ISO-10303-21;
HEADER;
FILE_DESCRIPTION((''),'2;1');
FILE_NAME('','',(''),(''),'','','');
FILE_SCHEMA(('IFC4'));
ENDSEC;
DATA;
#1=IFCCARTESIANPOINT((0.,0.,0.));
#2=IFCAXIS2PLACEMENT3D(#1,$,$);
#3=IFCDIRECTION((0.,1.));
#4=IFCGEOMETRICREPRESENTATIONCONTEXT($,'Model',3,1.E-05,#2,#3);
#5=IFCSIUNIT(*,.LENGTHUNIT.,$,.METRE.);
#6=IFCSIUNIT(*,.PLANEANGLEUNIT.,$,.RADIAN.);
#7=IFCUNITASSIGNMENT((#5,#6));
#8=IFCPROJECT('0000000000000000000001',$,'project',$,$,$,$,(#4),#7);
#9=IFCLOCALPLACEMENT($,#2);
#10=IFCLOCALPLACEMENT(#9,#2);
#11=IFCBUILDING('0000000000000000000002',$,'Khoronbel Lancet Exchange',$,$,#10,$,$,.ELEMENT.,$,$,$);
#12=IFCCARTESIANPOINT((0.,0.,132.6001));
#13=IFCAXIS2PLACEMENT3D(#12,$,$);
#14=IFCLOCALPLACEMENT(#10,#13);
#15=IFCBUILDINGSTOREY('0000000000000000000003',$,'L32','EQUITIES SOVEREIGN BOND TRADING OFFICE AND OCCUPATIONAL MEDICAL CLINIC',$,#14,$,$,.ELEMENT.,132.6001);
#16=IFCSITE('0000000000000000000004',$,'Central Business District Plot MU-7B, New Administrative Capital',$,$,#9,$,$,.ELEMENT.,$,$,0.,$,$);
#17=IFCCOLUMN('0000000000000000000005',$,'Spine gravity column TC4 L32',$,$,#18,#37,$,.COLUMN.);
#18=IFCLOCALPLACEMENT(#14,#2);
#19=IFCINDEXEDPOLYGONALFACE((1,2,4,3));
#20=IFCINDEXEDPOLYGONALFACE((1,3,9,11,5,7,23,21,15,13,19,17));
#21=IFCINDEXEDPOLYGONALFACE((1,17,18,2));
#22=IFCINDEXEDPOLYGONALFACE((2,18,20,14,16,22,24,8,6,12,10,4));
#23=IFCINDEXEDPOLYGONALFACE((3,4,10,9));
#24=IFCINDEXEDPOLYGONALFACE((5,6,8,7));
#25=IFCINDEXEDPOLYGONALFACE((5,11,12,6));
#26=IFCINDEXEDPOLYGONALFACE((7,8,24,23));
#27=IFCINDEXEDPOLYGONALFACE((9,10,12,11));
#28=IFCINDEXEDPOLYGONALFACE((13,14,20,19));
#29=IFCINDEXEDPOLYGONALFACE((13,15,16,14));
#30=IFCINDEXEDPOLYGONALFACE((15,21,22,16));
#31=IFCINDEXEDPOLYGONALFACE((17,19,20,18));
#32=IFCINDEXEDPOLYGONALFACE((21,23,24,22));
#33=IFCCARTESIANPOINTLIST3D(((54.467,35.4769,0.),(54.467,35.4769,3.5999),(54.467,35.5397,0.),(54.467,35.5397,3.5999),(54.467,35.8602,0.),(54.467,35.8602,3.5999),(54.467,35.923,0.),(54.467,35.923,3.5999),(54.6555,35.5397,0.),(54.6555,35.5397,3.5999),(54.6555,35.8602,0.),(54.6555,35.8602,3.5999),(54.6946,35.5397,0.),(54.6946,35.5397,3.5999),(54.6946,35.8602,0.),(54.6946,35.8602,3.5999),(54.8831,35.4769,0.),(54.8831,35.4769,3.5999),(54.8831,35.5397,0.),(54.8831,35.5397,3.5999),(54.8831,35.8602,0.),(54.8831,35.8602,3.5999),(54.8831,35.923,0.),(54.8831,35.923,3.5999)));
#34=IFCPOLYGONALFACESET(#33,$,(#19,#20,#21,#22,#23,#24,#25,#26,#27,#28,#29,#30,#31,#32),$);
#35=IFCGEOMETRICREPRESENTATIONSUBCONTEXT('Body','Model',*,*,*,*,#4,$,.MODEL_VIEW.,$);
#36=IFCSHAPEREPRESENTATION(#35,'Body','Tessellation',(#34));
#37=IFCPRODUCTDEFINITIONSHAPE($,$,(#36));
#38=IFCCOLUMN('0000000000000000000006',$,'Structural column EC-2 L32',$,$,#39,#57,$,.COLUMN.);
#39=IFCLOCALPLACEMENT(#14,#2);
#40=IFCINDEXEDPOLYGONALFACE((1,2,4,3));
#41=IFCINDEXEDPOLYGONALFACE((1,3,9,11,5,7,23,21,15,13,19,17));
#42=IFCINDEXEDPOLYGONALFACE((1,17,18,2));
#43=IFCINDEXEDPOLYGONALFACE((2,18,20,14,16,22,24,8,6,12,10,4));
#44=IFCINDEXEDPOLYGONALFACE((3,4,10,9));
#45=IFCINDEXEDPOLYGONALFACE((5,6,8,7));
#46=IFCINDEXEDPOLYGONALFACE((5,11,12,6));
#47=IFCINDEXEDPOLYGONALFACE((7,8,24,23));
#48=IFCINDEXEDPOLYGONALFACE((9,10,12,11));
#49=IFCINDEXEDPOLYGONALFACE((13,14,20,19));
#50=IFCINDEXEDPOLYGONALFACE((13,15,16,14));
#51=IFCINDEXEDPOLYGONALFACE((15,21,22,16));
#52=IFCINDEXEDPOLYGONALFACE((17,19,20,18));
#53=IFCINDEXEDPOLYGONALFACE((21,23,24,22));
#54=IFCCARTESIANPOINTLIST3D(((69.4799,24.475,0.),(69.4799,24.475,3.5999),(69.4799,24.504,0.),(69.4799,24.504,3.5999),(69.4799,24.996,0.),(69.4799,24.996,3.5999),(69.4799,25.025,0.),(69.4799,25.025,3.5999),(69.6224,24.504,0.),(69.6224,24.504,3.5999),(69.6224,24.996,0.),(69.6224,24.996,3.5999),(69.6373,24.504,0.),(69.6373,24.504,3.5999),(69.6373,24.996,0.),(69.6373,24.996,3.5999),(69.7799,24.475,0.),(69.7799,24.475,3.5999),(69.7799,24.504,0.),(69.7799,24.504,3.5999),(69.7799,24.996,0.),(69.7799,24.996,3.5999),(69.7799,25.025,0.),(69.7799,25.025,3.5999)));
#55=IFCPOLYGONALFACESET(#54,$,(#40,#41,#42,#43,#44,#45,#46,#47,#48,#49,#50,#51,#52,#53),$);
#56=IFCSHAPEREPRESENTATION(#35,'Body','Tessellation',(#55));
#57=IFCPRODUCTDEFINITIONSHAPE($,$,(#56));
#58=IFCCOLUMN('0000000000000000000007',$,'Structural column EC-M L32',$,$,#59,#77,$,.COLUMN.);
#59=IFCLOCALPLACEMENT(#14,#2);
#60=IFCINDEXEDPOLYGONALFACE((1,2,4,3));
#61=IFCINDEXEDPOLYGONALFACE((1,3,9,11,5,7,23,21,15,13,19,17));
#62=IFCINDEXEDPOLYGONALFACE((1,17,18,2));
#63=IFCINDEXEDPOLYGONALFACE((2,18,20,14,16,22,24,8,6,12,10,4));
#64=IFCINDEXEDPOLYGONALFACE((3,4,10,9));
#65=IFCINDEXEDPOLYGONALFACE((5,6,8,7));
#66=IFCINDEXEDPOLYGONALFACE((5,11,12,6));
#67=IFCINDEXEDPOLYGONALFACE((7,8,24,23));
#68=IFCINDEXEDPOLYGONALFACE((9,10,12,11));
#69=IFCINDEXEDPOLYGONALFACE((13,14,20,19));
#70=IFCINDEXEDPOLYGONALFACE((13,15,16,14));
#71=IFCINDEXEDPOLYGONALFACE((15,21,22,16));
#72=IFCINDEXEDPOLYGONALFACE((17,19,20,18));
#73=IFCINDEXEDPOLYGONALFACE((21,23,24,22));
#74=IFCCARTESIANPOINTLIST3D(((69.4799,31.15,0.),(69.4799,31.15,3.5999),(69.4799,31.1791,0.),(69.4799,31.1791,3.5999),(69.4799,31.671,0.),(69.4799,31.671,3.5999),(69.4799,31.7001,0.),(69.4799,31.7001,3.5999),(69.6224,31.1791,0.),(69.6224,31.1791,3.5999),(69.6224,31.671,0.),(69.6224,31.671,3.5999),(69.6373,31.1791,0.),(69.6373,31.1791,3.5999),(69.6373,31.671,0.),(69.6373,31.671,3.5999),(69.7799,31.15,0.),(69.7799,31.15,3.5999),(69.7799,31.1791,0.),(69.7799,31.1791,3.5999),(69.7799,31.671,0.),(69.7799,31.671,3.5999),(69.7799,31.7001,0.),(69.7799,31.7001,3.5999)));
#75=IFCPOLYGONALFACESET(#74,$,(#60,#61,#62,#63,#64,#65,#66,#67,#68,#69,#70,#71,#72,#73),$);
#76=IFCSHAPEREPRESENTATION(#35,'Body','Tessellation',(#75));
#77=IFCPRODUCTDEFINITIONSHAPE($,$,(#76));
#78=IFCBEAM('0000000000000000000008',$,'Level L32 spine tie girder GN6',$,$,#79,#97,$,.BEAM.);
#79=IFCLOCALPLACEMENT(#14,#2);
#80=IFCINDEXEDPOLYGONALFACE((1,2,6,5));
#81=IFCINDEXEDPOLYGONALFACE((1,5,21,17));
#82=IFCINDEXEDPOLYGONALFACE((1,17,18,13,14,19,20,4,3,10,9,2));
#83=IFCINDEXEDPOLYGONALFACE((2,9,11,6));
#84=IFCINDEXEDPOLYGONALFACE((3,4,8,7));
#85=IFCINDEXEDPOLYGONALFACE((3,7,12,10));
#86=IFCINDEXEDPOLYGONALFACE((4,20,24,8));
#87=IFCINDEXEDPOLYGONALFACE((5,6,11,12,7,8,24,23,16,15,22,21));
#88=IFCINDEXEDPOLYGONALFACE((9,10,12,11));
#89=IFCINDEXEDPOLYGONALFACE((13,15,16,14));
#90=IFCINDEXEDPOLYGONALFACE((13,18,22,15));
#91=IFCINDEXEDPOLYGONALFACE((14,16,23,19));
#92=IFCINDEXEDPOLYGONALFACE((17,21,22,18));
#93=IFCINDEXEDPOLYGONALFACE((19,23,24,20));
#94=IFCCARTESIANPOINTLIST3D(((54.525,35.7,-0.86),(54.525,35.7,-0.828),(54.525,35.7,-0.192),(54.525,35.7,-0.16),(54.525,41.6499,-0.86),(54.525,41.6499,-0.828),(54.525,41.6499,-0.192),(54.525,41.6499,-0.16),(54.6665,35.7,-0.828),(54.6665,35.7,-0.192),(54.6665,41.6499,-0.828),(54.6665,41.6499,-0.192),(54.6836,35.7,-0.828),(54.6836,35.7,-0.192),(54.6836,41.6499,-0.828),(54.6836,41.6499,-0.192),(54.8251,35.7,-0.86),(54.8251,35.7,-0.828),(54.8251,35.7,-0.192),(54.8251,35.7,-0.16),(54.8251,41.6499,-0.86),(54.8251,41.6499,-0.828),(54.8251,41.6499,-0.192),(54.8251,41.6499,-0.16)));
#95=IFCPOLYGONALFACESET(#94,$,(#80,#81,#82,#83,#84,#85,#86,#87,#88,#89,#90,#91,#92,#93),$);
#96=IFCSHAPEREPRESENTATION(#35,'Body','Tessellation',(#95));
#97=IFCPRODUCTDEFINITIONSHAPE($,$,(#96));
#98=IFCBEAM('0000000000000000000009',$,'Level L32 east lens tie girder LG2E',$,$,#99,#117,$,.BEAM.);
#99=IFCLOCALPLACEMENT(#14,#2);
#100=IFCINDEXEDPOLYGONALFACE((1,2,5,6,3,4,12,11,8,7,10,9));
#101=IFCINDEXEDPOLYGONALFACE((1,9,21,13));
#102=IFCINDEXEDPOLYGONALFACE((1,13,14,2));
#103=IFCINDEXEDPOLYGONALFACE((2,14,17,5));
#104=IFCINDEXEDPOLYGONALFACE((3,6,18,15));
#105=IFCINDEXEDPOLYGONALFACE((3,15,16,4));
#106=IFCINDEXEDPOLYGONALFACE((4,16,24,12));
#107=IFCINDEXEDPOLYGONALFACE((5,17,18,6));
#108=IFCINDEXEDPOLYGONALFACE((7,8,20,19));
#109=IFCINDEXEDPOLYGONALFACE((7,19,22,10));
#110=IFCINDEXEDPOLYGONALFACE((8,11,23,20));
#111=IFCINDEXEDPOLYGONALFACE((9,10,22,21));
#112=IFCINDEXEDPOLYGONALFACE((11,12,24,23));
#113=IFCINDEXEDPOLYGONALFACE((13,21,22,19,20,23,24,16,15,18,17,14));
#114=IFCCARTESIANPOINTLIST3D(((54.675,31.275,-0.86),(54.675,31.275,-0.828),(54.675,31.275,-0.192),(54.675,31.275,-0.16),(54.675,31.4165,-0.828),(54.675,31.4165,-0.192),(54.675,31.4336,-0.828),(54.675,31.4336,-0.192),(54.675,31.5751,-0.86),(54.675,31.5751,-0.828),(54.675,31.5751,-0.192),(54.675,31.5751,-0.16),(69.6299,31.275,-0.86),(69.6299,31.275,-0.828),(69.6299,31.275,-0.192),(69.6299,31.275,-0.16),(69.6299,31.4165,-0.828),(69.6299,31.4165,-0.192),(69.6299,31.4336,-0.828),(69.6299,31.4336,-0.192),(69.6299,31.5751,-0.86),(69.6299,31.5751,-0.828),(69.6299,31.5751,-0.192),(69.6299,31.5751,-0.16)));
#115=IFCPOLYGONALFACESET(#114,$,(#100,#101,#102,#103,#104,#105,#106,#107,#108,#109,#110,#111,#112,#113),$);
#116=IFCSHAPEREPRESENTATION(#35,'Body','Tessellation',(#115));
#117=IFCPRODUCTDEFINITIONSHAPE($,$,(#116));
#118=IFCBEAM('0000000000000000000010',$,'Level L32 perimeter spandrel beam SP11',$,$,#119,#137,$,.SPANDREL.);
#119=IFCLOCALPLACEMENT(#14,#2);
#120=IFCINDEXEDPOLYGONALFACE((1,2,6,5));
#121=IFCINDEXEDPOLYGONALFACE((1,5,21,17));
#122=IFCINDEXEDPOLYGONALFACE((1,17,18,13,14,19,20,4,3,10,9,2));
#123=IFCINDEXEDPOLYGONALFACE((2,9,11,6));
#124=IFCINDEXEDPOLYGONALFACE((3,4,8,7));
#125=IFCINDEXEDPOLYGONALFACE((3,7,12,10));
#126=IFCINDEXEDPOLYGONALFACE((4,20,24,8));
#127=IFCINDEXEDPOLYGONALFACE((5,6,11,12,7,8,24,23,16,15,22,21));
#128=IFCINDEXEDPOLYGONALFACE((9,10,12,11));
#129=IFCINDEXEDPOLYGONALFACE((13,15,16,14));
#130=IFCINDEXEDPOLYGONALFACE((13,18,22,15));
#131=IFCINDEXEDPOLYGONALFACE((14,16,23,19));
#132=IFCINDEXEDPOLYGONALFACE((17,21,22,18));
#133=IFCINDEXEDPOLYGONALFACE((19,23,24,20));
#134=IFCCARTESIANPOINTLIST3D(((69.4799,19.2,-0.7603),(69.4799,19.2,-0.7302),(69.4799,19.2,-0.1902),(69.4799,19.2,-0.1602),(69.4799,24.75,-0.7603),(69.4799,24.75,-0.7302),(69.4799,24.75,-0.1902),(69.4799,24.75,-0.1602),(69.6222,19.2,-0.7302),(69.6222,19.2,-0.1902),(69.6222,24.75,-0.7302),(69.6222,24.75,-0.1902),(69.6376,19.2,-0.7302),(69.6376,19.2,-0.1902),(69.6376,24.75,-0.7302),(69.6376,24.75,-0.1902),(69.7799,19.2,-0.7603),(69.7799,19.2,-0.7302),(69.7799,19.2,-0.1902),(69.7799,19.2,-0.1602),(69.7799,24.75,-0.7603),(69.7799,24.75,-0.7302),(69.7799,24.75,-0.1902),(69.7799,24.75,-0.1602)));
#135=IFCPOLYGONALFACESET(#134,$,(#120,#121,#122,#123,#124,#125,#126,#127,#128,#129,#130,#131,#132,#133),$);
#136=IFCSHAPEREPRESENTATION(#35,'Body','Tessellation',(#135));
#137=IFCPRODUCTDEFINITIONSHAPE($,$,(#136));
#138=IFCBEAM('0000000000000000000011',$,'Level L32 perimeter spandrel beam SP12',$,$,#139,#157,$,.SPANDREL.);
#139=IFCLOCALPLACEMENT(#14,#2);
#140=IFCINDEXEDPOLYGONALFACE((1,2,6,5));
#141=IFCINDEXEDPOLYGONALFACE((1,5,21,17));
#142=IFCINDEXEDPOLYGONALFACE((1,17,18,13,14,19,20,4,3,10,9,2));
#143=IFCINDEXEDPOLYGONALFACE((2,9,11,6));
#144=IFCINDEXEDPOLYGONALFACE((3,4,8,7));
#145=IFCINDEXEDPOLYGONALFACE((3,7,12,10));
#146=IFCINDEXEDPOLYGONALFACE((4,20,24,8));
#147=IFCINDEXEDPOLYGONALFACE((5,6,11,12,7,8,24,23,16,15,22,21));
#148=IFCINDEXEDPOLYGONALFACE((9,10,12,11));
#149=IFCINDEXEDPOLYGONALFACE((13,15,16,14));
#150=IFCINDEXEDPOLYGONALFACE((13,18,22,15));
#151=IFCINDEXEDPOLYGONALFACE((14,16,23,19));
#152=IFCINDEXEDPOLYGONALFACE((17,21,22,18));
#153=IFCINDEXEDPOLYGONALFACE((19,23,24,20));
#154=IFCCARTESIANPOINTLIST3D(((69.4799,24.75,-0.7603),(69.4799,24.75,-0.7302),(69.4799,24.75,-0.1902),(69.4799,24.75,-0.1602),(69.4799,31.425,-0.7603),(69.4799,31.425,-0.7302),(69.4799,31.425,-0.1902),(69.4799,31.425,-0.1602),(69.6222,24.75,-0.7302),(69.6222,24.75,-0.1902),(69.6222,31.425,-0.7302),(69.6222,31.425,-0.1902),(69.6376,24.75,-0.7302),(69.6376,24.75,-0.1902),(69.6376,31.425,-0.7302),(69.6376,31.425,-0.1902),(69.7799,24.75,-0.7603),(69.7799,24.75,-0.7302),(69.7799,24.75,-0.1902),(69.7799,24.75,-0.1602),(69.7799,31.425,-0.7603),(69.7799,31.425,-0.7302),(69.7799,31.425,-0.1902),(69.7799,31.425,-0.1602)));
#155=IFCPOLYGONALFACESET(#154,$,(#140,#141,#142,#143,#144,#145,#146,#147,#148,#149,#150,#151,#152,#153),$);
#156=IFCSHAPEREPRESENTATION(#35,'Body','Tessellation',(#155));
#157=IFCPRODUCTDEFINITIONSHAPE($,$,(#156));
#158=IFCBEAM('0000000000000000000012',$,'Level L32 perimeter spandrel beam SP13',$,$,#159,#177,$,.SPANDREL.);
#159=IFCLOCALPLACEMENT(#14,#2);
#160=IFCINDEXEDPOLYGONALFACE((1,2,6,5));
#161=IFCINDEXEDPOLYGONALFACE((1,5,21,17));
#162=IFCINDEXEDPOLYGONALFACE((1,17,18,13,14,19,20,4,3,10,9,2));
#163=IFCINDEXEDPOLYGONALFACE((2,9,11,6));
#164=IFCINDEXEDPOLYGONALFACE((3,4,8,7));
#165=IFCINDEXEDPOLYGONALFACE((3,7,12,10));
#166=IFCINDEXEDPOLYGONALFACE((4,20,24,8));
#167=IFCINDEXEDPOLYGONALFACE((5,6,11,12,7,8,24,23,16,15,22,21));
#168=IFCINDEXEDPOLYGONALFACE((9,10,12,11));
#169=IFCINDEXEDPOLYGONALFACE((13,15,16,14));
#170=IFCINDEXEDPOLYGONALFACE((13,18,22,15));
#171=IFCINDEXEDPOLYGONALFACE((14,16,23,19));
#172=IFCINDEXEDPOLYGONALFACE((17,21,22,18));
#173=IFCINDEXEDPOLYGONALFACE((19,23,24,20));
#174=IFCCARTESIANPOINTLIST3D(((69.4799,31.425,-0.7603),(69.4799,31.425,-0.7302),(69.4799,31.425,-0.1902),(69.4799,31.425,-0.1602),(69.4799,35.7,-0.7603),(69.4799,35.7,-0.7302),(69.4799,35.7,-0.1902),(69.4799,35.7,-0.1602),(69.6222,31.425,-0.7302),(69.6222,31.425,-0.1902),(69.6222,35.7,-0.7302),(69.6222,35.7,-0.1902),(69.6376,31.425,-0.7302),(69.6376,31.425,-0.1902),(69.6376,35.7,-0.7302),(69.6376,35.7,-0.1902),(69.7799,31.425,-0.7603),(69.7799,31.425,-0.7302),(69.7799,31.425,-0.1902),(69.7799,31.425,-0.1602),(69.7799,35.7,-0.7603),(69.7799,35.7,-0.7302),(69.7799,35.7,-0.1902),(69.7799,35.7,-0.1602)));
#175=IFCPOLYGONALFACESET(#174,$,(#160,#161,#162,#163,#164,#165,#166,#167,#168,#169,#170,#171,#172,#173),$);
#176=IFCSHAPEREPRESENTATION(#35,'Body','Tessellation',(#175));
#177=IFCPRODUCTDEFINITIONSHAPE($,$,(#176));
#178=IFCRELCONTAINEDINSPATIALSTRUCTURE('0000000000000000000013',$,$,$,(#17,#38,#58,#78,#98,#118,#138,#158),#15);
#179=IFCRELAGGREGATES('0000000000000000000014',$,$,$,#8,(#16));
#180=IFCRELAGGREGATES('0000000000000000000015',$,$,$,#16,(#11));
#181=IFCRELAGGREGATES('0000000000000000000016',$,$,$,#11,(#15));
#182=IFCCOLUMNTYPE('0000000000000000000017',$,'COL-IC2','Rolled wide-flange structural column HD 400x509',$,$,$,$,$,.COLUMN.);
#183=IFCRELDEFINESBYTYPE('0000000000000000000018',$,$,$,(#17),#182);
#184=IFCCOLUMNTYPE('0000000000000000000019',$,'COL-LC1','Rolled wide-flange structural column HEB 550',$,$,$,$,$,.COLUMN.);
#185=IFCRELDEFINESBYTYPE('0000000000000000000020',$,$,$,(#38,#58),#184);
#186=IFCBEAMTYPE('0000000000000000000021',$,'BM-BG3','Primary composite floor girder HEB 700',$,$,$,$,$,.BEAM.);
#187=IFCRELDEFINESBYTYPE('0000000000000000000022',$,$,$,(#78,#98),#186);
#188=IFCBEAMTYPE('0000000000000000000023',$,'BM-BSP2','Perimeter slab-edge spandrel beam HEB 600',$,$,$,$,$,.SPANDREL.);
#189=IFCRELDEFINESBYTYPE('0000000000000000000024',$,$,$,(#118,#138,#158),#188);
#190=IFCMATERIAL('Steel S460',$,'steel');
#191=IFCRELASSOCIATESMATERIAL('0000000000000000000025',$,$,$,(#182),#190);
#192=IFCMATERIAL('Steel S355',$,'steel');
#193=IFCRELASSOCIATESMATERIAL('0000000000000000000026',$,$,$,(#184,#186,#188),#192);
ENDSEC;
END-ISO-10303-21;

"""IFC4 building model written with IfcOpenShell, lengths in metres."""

from ifc_helpers import new_model, si_unit, direction, frame, origin, origin_2d, place, context, subcontext, project, spatial, i_section, extrude, material, material_profile, profile_set, type_object, element, save


model = new_model("IFC4")

# Units and contexts
model_context = context("Model", 3, precision=1e-05, world=origin(), true_north=direction((0.0, 1.0)))
body_context = subcontext(model_context, "Body", "Model", "MODEL_VIEW")
ifc_project = project(units=[si_unit("LENGTHUNIT", "METRE"), si_unit("PLANEANGLEUNIT", "RADIAN")], contexts=[model_context])

# Site, building, storey
site_placement = place(None, origin())
site = spatial("IfcSite", under=ifc_project, at=site_placement, Name="Central Business District Plot MU-7B, New Administrative Capital", CompositionType="ELEMENT", RefElevation=0.0)
building_placement = place(site_placement, origin())
building = spatial("IfcBuilding", under=site, at=building_placement, Name="Khoronbel Lancet Exchange", CompositionType="ELEMENT")
storey_placement = place(building_placement, frame((0.0, 0.0, 132.6001)))
storey = spatial("IfcBuildingStorey", under=building, at=storey_placement, Name="L32", Description="EQUITIES SOVEREIGN BOND TRADING OFFICE AND OCCUPATIONAL MEDICAL CLINIC", CompositionType="ELEMENT", Elevation=132.6001)

# Columns
ifc_material_1 = material(Name="Steel S460", Category="steel")
ifc_material_profile_1 = material_profile(ifc_material_1, i_section(OverallWidth=0.416, OverallDepth=0.446, WebThickness=0.0391, FlangeThickness=0.0627, at=origin_2d()), Name="HD 400x509")
ifc_profile_set_1 = profile_set([ifc_material_profile_1], Name="Steel S460")
column_type_1 = type_object("IfcColumnType", Name="COL-IC2", Description="Rolled wide-flange structural column HD 400x509", PredefinedType="COLUMN", material=ifc_profile_set_1)
column_placement = place(storey_placement, frame((54.675, 35.7, 0.0), z_axis=(0.0, 0.0, 1.0), x_axis=(1.0, 0.0, 0.0)))
element("IfcColumn", 1, at=column_placement, inside=storey, type_object=column_type_1, Name="Spine gravity column TC4 L32", PredefinedType="COLUMN", context=body_context, shape_type="SweptSolid", body=[
    extrude(i_section(OverallWidth=0.416, OverallDepth=0.446, WebThickness=0.0391, FlangeThickness=0.0627, at=origin_2d()), origin(), (0.0, 0.0, 1.0), 3.5999),
])
ifc_material_2 = material(Name="Steel S355", Category="steel")
ifc_material_profile_2 = material_profile(ifc_material_2, i_section(OverallWidth=0.3, OverallDepth=0.55, WebThickness=0.0149, FlangeThickness=0.0291, at=origin_2d()), Name="HEB 550")
ifc_profile_set_2 = profile_set([ifc_material_profile_2], Name="Steel S355")
column_type_2 = type_object("IfcColumnType", Name="COL-LC1", Description="Rolled wide-flange structural column HEB 550", PredefinedType="COLUMN", material=ifc_profile_set_2)
for number, where, z_axis, x_axis, name in (
    (2, (69.6299, 24.75, 0.0), (0.0, 0.0, 1.0), (1.0, 0.0, 0.0), "Structural column EC-2 L32"),
    (3, (69.6299, 31.425, 0.0), (0.0, 0.0, 1.0), (1.0, 0.0, 0.0), "Structural column EC-M L32"),
):
    element("IfcColumn", number, at=place(storey_placement, frame(where, z_axis=z_axis, x_axis=x_axis)), inside=storey, type_object=column_type_2, Name=name, PredefinedType="COLUMN", context=body_context, shape_type="SweptSolid", body=[
        extrude(i_section(OverallWidth=0.3, OverallDepth=0.55, WebThickness=0.0149, FlangeThickness=0.0291, at=origin_2d()), origin(), (0.0, 0.0, 1.0), 3.5999),
    ])

# Beams
ifc_material_profile_3 = material_profile(ifc_material_2, i_section(OverallWidth=0.3, OverallDepth=0.7, WebThickness=0.0171, FlangeThickness=0.032, at=origin_2d()), Name="HEB 700")
ifc_profile_set_3 = profile_set([ifc_material_profile_3], Name="Steel S355")
beam_type_1 = type_object("IfcBeamType", Name="BM-BG3", Description="Primary composite floor girder HEB 700", PredefinedType="BEAM", material=ifc_profile_set_3)
beam_1_placement = place(storey_placement, frame((54.675, 35.7, -0.51), z_axis=(0.0, 1.0, 0.0), x_axis=(-1.0, 0.0, 0.0)))
element("IfcBeam", 4, at=beam_1_placement, inside=storey, type_object=beam_type_1, Name="Level L32 spine tie girder GN6", PredefinedType="BEAM", context=body_context, shape_type="SweptSolid", body=[
    extrude(i_section(OverallWidth=0.3, OverallDepth=0.7, WebThickness=0.0171, FlangeThickness=0.032, at=origin_2d()), origin(), (0.0, 0.0, 1.0), 5.95),
])
beam_2_placement = place(storey_placement, frame((54.675, 31.425, -0.51), z_axis=(1.0, 0.0, 0.0), x_axis=(0.0, 1.0, 0.0)))
element("IfcBeam", 5, at=beam_2_placement, inside=storey, type_object=beam_type_1, Name="Level L32 east lens tie girder LG2E", PredefinedType="BEAM", context=body_context, shape_type="SweptSolid", body=[
    extrude(i_section(OverallWidth=0.3, OverallDepth=0.7, WebThickness=0.0171, FlangeThickness=0.032, at=origin_2d()), origin(), (0.0, 0.0, 1.0), 14.9548),
])
ifc_material_profile_4 = material_profile(ifc_material_2, i_section(OverallWidth=0.3, OverallDepth=0.6001, WebThickness=0.0154, FlangeThickness=0.03, at=origin_2d()), Name="HEB 600")
ifc_profile_set_4 = profile_set([ifc_material_profile_4], Name="Steel S355")
beam_type_2 = type_object("IfcBeamType", Name="BM-BSP2", Description="Perimeter slab-edge spandrel beam HEB 600", PredefinedType="SPANDREL", material=ifc_profile_set_4)
beam_3_placement = place(storey_placement, frame((69.6299, 19.2, -0.4602), z_axis=(0.0, 1.0, 0.0), x_axis=(-1.0, 0.0, 0.0)))
element("IfcBeam", 6, at=beam_3_placement, inside=storey, type_object=beam_type_2, Name="Level L32 perimeter spandrel beam SP11", PredefinedType="SPANDREL", context=body_context, shape_type="SweptSolid", body=[
    extrude(i_section(OverallWidth=0.3, OverallDepth=0.6001, WebThickness=0.0154, FlangeThickness=0.03, at=origin_2d()), origin(), (0.0, 0.0, 1.0), 5.55),
])
beam_4_placement = place(storey_placement, frame((69.6299, 24.75, -0.4602), z_axis=(0.0, 1.0, 0.0), x_axis=(-1.0, 0.0, 0.0)))
element("IfcBeam", 7, at=beam_4_placement, inside=storey, type_object=beam_type_2, Name="Level L32 perimeter spandrel beam SP12", PredefinedType="SPANDREL", context=body_context, shape_type="SweptSolid", body=[
    extrude(i_section(OverallWidth=0.3, OverallDepth=0.6001, WebThickness=0.0154, FlangeThickness=0.03, at=origin_2d()), origin(), (0.0, 0.0, 1.0), 6.675),
])
beam_5_placement = place(storey_placement, frame((69.6299, 31.425, -0.4602), z_axis=(0.0, 1.0, 0.0), x_axis=(-1.0, 0.0, 0.0)))
element("IfcBeam", 8, at=beam_5_placement, inside=storey, type_object=beam_type_2, Name="Level L32 perimeter spandrel beam SP13", PredefinedType="SPANDREL", context=body_context, shape_type="SweptSolid", body=[
    extrude(i_section(OverallWidth=0.3, OverallDepth=0.6001, WebThickness=0.0154, FlangeThickness=0.03, at=origin_2d()), origin(), (0.0, 0.0, 1.0), 4.2749),
])

save(model, "model.ifc")
